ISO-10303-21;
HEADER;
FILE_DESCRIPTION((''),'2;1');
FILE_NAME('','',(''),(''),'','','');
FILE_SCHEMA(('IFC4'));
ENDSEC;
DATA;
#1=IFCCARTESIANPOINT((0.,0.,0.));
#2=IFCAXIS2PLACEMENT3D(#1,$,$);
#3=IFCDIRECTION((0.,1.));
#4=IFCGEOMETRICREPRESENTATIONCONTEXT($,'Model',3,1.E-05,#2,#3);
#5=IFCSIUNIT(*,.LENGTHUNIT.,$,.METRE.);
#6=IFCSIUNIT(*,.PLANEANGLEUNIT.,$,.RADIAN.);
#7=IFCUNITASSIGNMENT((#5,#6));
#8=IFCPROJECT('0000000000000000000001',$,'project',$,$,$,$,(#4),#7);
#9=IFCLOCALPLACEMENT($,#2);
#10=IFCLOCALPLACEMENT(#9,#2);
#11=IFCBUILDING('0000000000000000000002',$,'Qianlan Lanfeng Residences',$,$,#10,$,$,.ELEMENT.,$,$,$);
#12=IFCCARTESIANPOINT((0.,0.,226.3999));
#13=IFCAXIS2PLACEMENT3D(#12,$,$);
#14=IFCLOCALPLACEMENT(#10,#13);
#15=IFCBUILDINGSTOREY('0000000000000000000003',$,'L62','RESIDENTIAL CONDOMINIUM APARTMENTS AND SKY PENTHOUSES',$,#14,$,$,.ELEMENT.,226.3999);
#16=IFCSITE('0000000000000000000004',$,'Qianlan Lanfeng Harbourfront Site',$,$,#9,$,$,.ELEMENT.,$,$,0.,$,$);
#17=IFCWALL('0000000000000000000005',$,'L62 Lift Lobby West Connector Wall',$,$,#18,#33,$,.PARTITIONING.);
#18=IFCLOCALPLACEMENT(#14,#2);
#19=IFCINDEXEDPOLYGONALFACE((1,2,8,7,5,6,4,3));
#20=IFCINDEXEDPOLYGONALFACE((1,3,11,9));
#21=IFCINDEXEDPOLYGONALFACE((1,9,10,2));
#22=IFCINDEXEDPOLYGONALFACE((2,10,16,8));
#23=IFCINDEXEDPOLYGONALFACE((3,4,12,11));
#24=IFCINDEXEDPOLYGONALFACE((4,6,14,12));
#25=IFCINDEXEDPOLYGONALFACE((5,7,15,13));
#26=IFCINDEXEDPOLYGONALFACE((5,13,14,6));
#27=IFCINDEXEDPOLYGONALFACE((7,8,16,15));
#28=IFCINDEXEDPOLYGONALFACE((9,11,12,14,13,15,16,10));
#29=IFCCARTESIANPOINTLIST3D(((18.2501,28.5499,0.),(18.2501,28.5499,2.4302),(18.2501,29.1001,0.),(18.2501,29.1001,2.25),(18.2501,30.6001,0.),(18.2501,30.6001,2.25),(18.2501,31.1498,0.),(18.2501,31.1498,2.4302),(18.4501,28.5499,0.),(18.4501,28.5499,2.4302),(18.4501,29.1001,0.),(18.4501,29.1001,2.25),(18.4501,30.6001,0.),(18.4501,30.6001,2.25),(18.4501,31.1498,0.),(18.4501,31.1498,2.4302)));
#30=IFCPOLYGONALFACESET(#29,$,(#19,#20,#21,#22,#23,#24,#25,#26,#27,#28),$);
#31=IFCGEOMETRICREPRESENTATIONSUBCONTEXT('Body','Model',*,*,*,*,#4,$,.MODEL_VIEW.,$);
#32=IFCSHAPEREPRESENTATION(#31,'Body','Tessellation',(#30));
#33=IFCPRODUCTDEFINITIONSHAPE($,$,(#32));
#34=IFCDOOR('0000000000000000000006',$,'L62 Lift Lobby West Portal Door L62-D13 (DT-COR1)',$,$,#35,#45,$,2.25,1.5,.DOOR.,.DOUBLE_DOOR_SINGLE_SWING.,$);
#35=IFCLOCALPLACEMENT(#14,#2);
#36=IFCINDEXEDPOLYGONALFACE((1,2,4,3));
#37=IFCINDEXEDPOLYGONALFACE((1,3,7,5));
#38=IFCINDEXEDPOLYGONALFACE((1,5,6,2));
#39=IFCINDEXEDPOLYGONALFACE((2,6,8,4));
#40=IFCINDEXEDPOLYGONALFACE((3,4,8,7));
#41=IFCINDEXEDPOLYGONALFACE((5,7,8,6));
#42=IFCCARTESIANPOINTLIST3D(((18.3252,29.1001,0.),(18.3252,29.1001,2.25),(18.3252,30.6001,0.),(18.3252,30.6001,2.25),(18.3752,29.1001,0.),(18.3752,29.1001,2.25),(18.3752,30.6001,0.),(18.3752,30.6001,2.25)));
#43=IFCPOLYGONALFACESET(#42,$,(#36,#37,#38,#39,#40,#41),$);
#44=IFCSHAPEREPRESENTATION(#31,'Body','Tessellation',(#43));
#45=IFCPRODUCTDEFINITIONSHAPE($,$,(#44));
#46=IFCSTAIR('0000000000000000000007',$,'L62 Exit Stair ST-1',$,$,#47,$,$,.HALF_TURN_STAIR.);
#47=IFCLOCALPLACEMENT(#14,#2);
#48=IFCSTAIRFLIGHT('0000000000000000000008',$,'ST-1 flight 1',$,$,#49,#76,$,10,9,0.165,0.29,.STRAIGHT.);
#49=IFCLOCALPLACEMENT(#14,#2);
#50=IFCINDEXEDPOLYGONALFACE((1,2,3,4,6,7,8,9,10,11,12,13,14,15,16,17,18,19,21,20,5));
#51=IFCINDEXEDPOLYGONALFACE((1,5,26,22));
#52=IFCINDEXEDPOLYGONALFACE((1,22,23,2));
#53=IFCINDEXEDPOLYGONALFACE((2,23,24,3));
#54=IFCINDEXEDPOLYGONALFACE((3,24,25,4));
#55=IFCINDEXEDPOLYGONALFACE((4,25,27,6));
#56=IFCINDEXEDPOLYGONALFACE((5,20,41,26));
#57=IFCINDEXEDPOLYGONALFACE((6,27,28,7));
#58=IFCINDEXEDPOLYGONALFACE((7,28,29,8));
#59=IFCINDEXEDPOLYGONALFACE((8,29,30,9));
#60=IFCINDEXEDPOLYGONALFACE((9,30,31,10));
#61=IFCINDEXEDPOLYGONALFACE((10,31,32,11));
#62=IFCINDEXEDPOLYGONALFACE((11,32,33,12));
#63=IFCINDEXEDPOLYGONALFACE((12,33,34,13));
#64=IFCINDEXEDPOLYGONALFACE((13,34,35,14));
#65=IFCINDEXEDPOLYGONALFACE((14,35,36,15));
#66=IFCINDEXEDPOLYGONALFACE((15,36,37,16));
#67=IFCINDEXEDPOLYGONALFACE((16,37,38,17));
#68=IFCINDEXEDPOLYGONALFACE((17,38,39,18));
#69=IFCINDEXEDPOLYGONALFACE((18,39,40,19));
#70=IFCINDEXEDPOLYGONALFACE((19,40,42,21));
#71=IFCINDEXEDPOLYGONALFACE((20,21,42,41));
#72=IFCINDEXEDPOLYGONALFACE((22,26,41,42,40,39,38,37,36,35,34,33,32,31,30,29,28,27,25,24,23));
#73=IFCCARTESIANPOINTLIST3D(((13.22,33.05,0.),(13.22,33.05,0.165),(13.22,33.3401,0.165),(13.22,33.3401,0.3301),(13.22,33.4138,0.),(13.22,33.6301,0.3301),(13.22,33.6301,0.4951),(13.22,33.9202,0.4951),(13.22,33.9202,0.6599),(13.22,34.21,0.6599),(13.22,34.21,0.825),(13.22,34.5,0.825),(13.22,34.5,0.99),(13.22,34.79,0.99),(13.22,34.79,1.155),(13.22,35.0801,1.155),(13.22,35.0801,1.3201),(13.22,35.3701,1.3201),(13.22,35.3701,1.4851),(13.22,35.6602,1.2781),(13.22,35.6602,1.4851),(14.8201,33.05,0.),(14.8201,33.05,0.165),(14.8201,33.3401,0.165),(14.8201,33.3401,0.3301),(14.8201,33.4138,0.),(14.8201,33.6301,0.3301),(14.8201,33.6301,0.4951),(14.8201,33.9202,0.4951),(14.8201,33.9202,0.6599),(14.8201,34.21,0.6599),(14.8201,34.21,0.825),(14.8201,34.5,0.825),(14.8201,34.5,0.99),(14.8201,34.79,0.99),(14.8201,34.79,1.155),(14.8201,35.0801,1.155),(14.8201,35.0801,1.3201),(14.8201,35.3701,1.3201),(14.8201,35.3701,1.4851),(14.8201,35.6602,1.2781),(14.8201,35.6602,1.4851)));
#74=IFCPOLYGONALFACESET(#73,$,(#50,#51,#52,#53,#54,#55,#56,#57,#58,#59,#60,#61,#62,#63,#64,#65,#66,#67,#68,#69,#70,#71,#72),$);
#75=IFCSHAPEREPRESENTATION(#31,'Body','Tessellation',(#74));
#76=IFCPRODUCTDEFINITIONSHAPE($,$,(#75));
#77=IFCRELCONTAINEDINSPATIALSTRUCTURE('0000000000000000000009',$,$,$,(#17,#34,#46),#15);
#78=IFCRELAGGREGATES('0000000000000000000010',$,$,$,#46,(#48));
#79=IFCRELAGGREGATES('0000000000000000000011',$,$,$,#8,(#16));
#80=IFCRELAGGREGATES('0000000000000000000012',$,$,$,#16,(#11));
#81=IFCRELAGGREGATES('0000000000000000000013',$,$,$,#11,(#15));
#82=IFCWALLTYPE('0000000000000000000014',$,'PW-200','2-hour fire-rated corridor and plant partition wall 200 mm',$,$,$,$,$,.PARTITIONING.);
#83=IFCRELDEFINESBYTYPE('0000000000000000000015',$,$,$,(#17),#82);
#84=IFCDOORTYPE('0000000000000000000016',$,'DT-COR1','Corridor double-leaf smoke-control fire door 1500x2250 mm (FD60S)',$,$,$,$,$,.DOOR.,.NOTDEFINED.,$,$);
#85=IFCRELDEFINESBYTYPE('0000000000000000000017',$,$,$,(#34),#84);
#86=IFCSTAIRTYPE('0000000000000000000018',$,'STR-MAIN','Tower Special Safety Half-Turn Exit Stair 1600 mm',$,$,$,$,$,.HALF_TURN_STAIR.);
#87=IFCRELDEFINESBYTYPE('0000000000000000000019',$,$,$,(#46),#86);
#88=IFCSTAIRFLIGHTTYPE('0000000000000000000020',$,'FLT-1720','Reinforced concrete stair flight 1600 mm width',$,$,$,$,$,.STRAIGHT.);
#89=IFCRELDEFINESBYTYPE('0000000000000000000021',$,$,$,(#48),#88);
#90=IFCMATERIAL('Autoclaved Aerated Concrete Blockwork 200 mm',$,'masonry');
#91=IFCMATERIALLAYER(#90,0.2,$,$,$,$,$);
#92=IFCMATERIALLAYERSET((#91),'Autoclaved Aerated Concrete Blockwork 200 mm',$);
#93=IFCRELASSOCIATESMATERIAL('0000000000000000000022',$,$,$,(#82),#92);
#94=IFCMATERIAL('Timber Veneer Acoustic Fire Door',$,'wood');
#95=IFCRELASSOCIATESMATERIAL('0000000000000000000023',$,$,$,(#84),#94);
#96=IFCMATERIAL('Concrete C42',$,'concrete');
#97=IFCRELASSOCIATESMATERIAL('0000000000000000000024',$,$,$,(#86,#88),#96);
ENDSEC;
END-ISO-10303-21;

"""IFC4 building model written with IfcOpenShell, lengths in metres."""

from ifc_helpers import new_model, si_unit, direction, frame, frame_2d, origin, place, context, subcontext, project, spatial, polyline, rectangle, outline, extrude, material, layer, layer_set, type_object, element, fill, aggregate, save


model = new_model("IFC4")

# Units and contexts
model_context = context("Model", 3, precision=1e-05, world=origin(), true_north=direction((0.0, 1.0)))
body_context = subcontext(model_context, "Body", "Model", "MODEL_VIEW")
ifc_project = project(units=[si_unit("LENGTHUNIT", "METRE"), si_unit("PLANEANGLEUNIT", "RADIAN")], contexts=[model_context])

# Site, building, storey
site_placement = place(None, origin())
site = spatial("IfcSite", under=ifc_project, at=site_placement, Name="Qianlan Lanfeng Harbourfront Site", CompositionType="ELEMENT", RefElevation=0.0)
building_placement = place(site_placement, origin())
building = spatial("IfcBuilding", under=site, at=building_placement, Name="Qianlan Lanfeng Residences", CompositionType="ELEMENT")
storey_placement = place(building_placement, frame((0.0, 0.0, 226.3999)))
storey = spatial("IfcBuildingStorey", under=building, at=storey_placement, Name="L62", Description="RESIDENTIAL CONDOMINIUM APARTMENTS AND SKY PENTHOUSES", CompositionType="ELEMENT", Elevation=226.3999)

# Wall, opening, door
ifc_material_1 = material(Name="Autoclaved Aerated Concrete Blockwork 200 mm", Category="masonry")
ifc_layer_1 = layer(ifc_material_1, 0.2)
ifc_layer_set_1 = layer_set([ifc_layer_1], Name="Autoclaved Aerated Concrete Blockwork 200 mm")
wall_type_1 = type_object("IfcWallType", Name="PW-200", Description="2-hour fire-rated corridor and plant partition wall 200 mm", PredefinedType="PARTITIONING", material=ifc_layer_set_1)
wall_1_placement = place(storey_placement, frame((18.3501, 28.55, 0.0), z_axis=(0.0, 0.0, 1.0), x_axis=(0.0, 1.0, 0.0)))
wall_1 = element("IfcWall", 1, at=wall_1_placement, inside=storey, type_object=wall_type_1, Name="L62 Lift Lobby West Connector Wall", PredefinedType="PARTITIONING", context=body_context, shape_type="SweptSolid", body=[
    extrude(rectangle(XDim=2.5999, YDim=0.2, at=frame_2d((1.2998, 0.0))), origin(), (0.0, 0.0, 1.0), 2.4302),
])
opening_1_placement = place(wall_1_placement, frame((0.55, 0.0, 0.0)))
opening_1 = element("IfcOpeningElement", 2, at=opening_1_placement, cuts=wall_1, PredefinedType="OPENING", context=body_context, shape_type="SweptSolid", body=[
    extrude(rectangle(XDim=1.5, YDim=2.25, at=frame_2d((0.75, 1.125))), frame((0.0, 0.1099, 0.0), z_axis=(0.0, -1.0, 0.0), x_axis=(1.0, 0.0, 0.0)), (0.0, 0.0, 1.0), 0.22),
])
ifc_material_2 = material(Name="Timber Veneer Acoustic Fire Door", Category="wood")
door_type_1 = type_object("IfcDoorType", Name="DT-COR1", Description="Corridor double-leaf smoke-control fire door 1500x2250 mm (FD60S)", OperationType="NOTDEFINED", PredefinedType="DOOR", material=ifc_material_2)
door_1_placement = place(opening_1_placement, origin())
door_1 = element("IfcDoor", 3, at=door_1_placement, inside=storey, type_object=door_type_1, Name="L62 Lift Lobby West Portal Door L62-D13 (DT-COR1)", OperationType="DOUBLE_DOOR_SINGLE_SWING", OverallHeight=2.25, OverallWidth=1.5, PredefinedType="DOOR", context=body_context, shape_type="SweptSolid", body=[
    extrude(rectangle(XDim=1.5, YDim=2.25, at=frame_2d((0.75, 1.125))), frame((0.0, 0.0249, 0.0), z_axis=(0.0, -1.0, 0.0), x_axis=(1.0, 0.0, 0.0)), (0.0, 0.0, 1.0), 0.05),
])
fill(opening_1, door_1)

# Stair, stair flight
ifc_material_3 = material(Name="Concrete C42", Category="concrete")
stair_type = type_object("IfcStairType", Name="STR-MAIN", Description="Tower Special Safety Half-Turn Exit Stair 1600 mm", PredefinedType="HALF_TURN_STAIR", material=ifc_material_3)
stair_placement = place(storey_placement, origin())
stair = element("IfcStair", 4, at=stair_placement, inside=storey, type_object=stair_type, Name="L62 Exit Stair ST-1", PredefinedType="HALF_TURN_STAIR")
stair_flight_type = type_object("IfcStairFlightType", Name="FLT-1720", Description="Reinforced concrete stair flight 1600 mm width", PredefinedType="STRAIGHT", material=ifc_material_3)
stair_flight_placement = place(storey_placement, frame((14.02, 33.05, 0.0), z_axis=(0.0, 0.0, 1.0), x_axis=(0.0, 1.0, 0.0)))
stair_flight = element("IfcStairFlight", 5, at=stair_flight_placement, type_object=stair_flight_type, Name="ST-1 flight 1", NumberOfRisers=10, NumberOfTreads=9, PredefinedType="STRAIGHT", RiserHeight=0.165, TreadLength=0.29, context=body_context, shape_type="SweptSolid", body=[
    extrude(outline(polyline([(0.0, 0.0), (0.0, 0.165), (0.29, 0.165), (0.29, 0.3301), (0.5801, 0.3301), (0.5801, 0.4951), (0.8701, 0.4951), (0.8701, 0.6599), (1.1599, 0.6599), (1.1599, 0.825), (1.45, 0.825), (1.45, 0.99), (1.74, 0.99), (1.74, 1.155), (2.03, 1.155), (2.03, 1.3201), (2.3201, 1.3201), (2.3201, 1.4851), (2.6101, 1.4851), (2.6101, 1.6499), (2.6101, 1.2781), (0.3638, 0.0), (0.0, 0.0)])), frame((0.0, 0.8, 0.0), z_axis=(0.0, -1.0, 0.0), x_axis=(1.0, 0.0, 0.0)), (0.0, 0.0, 1.0), 1.6001),
])
aggregate(stair, [stair_flight])

save(model, "model.ifc")
